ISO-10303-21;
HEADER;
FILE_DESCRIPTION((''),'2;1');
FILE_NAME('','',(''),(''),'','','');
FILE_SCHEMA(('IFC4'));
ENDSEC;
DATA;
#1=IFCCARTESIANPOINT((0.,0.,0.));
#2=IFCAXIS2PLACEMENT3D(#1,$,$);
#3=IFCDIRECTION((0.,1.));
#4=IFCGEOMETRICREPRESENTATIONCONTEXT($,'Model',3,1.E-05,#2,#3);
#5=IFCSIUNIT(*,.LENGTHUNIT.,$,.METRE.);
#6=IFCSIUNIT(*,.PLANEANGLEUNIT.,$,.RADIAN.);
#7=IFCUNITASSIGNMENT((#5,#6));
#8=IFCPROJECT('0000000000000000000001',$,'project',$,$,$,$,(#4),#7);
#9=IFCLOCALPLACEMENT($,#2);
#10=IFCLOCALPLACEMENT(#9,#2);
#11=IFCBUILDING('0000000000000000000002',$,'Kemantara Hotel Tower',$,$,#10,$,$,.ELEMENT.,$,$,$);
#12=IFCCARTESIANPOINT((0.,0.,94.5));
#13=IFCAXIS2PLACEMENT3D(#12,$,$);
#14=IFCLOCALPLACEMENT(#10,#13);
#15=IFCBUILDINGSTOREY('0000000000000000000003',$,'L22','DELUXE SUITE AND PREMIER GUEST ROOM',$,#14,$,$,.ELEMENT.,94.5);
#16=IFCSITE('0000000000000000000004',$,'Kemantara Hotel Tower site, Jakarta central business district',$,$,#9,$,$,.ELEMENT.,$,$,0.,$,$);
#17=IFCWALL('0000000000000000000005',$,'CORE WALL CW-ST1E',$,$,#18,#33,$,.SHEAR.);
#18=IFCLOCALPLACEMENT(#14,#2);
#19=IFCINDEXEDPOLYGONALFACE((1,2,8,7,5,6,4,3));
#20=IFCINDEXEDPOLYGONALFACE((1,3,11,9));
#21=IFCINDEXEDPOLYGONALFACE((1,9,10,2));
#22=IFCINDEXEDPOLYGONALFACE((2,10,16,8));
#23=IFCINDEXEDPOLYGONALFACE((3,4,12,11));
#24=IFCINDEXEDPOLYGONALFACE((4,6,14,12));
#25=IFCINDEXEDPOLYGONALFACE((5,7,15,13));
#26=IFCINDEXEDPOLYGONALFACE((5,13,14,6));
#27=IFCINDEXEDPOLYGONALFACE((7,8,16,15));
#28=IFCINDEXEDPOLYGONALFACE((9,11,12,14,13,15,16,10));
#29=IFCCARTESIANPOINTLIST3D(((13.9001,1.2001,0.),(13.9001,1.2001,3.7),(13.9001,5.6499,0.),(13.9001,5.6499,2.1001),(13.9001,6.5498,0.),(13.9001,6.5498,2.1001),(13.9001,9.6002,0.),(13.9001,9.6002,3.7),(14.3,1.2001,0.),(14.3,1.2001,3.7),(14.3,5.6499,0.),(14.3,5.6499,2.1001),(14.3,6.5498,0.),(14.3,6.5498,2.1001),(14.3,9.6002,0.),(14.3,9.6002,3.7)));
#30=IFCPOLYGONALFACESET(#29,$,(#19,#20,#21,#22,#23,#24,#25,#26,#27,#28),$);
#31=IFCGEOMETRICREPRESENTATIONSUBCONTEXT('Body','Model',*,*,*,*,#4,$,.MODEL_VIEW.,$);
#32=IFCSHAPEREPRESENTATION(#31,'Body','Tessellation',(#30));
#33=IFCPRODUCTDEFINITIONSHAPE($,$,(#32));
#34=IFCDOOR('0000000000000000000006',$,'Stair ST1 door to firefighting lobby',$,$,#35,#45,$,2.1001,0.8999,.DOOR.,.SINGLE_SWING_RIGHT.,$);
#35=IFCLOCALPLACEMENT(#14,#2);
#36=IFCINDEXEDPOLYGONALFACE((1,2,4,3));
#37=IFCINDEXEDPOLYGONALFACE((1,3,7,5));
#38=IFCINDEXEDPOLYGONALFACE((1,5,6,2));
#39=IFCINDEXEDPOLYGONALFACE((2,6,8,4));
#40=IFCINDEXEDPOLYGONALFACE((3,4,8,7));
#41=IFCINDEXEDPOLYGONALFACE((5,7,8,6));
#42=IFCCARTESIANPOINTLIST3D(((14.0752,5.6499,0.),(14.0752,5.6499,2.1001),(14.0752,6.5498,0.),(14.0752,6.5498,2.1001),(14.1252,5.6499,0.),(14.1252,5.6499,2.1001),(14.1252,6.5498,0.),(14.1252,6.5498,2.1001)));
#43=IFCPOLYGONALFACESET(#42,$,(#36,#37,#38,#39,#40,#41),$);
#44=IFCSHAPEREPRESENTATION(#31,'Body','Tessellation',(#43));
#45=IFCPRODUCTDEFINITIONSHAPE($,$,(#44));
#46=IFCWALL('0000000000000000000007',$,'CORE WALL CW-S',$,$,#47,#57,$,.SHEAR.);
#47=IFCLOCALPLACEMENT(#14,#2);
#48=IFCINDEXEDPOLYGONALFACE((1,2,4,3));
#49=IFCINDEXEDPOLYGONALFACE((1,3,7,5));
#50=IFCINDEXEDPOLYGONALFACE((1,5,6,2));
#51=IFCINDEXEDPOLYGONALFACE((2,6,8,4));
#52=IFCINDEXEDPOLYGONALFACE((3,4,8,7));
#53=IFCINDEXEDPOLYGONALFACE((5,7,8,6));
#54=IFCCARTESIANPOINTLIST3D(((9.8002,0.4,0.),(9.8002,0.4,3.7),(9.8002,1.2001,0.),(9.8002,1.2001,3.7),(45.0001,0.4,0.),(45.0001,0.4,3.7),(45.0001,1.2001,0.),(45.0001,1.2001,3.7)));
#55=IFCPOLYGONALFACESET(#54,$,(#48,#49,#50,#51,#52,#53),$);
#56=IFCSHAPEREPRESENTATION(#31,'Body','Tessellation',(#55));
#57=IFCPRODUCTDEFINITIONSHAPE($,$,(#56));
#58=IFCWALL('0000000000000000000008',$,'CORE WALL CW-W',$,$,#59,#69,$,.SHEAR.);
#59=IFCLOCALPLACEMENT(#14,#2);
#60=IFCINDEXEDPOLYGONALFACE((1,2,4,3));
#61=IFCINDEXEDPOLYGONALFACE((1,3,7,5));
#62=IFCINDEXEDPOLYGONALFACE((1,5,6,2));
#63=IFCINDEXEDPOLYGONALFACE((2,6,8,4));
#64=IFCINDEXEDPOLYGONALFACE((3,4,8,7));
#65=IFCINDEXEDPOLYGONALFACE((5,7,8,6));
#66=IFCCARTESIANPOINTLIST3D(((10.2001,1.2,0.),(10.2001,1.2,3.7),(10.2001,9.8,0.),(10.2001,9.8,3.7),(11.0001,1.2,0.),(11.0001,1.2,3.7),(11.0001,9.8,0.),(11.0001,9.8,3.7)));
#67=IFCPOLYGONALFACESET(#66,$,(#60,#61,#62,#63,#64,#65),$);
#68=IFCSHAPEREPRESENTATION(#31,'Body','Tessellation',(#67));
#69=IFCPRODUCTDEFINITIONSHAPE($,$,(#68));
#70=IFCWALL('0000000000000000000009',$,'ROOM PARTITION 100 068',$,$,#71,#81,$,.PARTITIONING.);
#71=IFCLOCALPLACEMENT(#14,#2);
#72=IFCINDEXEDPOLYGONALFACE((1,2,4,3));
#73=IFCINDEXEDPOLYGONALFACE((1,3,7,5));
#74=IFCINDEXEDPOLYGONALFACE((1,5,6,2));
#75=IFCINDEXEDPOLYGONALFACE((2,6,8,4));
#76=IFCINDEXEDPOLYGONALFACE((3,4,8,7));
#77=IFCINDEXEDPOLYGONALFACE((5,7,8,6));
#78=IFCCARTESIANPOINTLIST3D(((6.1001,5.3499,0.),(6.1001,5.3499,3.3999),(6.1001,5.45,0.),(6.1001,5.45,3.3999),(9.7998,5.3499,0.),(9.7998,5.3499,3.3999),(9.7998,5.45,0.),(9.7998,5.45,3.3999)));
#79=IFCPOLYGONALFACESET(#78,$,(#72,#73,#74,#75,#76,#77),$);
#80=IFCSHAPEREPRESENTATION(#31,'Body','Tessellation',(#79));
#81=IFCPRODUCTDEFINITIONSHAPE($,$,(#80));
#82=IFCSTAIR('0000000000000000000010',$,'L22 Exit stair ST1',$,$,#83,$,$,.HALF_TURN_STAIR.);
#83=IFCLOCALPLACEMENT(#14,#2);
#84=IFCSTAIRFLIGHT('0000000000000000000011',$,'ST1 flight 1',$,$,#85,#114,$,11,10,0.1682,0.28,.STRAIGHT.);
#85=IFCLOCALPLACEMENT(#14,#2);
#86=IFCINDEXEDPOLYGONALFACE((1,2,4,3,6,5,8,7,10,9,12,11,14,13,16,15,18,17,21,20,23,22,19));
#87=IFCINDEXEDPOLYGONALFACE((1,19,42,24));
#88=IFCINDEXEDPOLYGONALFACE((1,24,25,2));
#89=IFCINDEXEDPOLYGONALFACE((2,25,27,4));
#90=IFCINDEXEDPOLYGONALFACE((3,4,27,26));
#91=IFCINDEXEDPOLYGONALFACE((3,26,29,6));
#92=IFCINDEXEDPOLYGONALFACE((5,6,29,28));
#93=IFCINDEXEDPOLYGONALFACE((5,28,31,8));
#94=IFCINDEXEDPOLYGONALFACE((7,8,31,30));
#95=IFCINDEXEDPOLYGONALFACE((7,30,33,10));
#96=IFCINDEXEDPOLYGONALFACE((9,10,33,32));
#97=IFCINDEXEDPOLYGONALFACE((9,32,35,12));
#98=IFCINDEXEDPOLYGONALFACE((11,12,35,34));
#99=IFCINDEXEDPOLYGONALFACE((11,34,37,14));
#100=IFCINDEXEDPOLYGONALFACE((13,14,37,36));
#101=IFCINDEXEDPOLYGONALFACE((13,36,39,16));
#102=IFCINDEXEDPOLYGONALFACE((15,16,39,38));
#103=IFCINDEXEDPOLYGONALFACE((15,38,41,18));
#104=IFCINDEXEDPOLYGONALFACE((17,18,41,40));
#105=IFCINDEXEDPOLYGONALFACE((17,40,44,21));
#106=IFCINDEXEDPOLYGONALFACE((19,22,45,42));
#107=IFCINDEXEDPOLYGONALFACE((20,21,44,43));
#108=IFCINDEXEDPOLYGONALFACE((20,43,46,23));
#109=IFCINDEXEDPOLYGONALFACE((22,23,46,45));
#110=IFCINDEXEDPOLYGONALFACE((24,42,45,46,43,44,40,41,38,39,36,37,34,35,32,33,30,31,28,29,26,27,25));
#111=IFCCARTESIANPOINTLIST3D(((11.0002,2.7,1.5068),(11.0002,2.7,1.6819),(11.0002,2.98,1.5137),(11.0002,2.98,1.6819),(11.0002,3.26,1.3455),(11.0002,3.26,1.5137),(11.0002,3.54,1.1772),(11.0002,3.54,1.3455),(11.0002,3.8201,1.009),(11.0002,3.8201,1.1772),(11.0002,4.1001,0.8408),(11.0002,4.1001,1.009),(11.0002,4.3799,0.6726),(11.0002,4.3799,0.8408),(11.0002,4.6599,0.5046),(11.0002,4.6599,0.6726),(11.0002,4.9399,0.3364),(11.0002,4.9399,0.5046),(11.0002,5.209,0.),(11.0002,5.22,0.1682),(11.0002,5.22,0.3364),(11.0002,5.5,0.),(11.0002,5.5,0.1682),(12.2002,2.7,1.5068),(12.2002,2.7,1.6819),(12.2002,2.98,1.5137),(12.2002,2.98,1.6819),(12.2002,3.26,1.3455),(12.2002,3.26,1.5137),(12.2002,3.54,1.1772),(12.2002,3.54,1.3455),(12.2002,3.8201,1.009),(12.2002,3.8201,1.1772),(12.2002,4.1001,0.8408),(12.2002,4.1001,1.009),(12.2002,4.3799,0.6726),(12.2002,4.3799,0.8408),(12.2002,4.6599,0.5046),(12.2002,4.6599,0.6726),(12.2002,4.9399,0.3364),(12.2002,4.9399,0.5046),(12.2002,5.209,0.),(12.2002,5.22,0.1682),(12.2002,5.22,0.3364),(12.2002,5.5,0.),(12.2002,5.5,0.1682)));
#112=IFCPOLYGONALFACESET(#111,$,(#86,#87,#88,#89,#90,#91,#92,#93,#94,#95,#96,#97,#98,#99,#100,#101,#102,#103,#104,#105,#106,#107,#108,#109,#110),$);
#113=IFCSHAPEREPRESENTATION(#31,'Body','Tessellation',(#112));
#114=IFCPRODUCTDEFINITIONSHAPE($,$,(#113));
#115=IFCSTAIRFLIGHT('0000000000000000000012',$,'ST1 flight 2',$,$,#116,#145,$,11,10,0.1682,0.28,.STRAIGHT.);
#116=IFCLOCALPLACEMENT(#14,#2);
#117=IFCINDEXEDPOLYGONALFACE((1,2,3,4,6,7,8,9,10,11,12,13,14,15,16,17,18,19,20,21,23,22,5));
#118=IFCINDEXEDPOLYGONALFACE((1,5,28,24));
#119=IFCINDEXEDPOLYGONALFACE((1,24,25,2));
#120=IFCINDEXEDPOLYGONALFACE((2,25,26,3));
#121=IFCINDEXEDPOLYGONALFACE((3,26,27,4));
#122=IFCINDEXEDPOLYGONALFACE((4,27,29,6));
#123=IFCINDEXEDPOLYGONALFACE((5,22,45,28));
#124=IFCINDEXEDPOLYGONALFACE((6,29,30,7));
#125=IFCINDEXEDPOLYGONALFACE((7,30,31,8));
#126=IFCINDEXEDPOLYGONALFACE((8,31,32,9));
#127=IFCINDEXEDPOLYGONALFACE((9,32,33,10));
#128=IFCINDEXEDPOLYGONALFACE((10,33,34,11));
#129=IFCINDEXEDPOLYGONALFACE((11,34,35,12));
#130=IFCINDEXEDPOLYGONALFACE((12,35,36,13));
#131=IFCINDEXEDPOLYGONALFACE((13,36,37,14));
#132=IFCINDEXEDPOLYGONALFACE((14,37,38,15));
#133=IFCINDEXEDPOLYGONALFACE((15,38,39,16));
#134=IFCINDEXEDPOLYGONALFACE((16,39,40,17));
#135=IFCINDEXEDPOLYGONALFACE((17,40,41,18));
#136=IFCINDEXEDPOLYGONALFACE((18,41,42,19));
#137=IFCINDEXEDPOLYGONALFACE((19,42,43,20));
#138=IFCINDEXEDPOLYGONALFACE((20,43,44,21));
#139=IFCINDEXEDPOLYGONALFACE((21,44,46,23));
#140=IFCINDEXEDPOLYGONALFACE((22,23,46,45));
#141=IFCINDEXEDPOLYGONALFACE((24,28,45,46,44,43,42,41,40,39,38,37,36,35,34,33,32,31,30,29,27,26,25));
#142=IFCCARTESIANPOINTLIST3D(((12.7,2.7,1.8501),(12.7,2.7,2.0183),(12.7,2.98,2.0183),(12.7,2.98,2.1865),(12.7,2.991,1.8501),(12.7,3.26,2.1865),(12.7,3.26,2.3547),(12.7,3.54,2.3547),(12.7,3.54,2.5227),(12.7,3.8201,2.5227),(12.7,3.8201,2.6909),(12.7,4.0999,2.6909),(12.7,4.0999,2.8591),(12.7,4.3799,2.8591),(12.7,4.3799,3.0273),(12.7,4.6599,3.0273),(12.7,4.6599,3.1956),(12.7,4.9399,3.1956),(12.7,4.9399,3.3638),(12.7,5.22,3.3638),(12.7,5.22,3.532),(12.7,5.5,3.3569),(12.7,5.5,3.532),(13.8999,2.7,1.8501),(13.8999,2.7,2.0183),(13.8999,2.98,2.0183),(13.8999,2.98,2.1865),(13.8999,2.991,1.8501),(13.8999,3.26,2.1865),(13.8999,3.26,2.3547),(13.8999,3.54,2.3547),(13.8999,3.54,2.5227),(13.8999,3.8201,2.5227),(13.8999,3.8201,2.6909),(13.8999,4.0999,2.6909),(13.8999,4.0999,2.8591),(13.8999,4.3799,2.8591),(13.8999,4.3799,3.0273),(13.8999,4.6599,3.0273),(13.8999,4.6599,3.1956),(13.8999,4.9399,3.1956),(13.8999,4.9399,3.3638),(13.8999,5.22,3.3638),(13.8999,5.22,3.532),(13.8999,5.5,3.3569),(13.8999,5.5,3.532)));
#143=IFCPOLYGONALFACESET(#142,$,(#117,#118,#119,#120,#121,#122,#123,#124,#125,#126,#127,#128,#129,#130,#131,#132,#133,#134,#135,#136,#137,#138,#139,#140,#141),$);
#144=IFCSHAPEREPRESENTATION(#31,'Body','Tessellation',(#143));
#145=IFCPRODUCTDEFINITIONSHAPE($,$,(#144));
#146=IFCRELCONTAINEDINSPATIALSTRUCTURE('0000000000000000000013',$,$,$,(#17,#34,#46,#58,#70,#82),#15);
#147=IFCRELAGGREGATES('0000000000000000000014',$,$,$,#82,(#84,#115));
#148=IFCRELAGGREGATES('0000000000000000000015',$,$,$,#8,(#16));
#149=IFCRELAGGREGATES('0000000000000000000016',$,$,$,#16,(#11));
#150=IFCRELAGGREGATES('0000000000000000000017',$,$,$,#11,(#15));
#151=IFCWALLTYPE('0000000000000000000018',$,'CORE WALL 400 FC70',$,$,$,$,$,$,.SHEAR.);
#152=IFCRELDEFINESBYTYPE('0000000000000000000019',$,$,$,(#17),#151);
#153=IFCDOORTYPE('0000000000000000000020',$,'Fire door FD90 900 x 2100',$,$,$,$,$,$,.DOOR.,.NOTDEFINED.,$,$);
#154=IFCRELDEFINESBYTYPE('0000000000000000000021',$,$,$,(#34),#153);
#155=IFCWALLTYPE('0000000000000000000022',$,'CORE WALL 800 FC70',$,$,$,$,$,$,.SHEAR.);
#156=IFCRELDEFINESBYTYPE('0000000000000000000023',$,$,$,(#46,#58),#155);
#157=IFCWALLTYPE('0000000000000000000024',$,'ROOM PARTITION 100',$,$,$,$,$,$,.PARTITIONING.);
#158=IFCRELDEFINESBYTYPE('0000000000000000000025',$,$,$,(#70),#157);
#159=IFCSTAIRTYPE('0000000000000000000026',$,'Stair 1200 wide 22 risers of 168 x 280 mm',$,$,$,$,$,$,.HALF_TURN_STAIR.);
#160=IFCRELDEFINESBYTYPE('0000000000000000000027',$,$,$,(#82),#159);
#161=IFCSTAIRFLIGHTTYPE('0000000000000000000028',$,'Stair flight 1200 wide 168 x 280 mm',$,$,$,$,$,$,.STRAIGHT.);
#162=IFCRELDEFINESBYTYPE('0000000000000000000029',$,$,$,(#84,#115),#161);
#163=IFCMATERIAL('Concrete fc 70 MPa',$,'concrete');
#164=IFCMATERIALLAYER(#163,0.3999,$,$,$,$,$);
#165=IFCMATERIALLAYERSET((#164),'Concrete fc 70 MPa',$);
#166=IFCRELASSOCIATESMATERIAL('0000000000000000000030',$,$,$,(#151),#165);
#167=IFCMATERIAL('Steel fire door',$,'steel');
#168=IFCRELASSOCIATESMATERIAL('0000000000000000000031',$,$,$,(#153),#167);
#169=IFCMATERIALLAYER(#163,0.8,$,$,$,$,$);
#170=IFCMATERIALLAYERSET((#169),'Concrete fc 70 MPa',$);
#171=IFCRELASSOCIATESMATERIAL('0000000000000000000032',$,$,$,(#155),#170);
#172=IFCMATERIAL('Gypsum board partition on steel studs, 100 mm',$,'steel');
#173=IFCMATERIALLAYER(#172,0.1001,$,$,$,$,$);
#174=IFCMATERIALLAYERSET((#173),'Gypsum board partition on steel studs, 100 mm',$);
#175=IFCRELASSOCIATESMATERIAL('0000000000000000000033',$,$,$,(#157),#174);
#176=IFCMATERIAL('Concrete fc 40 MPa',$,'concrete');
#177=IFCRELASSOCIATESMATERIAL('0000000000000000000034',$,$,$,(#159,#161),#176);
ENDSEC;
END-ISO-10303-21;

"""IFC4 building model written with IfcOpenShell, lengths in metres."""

from ifc_helpers import new_model, si_unit, direction, frame, frame_2d, origin, place, context, subcontext, project, spatial, polyline, rectangle, outline, extrude, material, layer, layer_set, type_object, element, fill, aggregate, save


model = new_model("IFC4")

# Units and contexts
model_context = context("Model", 3, precision=1e-05, world=origin(), true_north=direction((0.0, 1.0)))
body_context = subcontext(model_context, "Body", "Model", "MODEL_VIEW")
ifc_project = project(units=[si_unit("LENGTHUNIT", "METRE"), si_unit("PLANEANGLEUNIT", "RADIAN")], contexts=[model_context])

# Site, building, storey
site_placement = place(None, origin())
site = spatial("IfcSite", under=ifc_project, at=site_placement, Name="Kemantara Hotel Tower site, Jakarta central business district", CompositionType="ELEMENT", RefElevation=0.0)
building_placement = place(site_placement, origin())
building = spatial("IfcBuilding", under=site, at=building_placement, Name="Kemantara Hotel Tower", CompositionType="ELEMENT")
storey_placement = place(building_placement, frame((0.0, 0.0, 94.5)))
storey = spatial("IfcBuildingStorey", under=building, at=storey_placement, Name="L22", Description="DELUXE SUITE AND PREMIER GUEST ROOM", CompositionType="ELEMENT", Elevation=94.5)

# Shared definitions
ifc_material_1 = material(Name="Concrete fc 70 MPa", Category="concrete")
ifc_layer_1 = layer(ifc_material_1, 0.3999)
ifc_layer_set_1 = layer_set([ifc_layer_1], Name="Concrete fc 70 MPa")
wall_type_1 = type_object("IfcWallType", Name="CORE WALL 400 FC70", PredefinedType="SHEAR", material=ifc_layer_set_1)

# Wall, opening, door
wall_1_placement = place(storey_placement, frame((14.1001, 1.2, 0.0), z_axis=(0.0, 0.0, 1.0), x_axis=(0.0, 1.0, 0.0)))
wall_1 = element("IfcWall", 1, at=wall_1_placement, inside=storey, type_object=wall_type_1, Name="CORE WALL CW-ST1E", PredefinedType="SHEAR", context=body_context, shape_type="SweptSolid", body=[
    extrude(rectangle(XDim=8.4001, YDim=0.3999, at=frame_2d((4.2002, 0.0))), origin(), (0.0, 0.0, 1.0), 3.7),
])
opening_1_placement = place(wall_1_placement, frame((4.45, 0.0, 0.0)))
opening_1 = element("IfcOpeningElement", 2, at=opening_1_placement, cuts=wall_1, PredefinedType="OPENING", context=body_context, shape_type="SweptSolid", body=[
    extrude(rectangle(XDim=0.8999, YDim=2.1001, at=frame_2d((0.45, 1.05))), frame((0.0, 0.21, 0.0), z_axis=(0.0, -1.0, 0.0), x_axis=(1.0, 0.0, 0.0)), (0.0, 0.0, 1.0), 0.4199),
])
ifc_material_2 = material(Name="Steel fire door", Category="steel")
door_type_1 = type_object("IfcDoorType", Name="Fire door FD90 900 x 2100", OperationType="NOTDEFINED", PredefinedType="DOOR", material=ifc_material_2)
door_1_placement = place(opening_1_placement, origin())
door_1 = element("IfcDoor", 3, at=door_1_placement, inside=storey, type_object=door_type_1, Name="Stair ST1 door to firefighting lobby", OperationType="SINGLE_SWING_RIGHT", OverallHeight=2.1001, OverallWidth=0.8999, PredefinedType="DOOR", context=body_context, shape_type="SweptSolid", body=[
    extrude(rectangle(XDim=0.8999, YDim=2.1001, at=frame_2d((0.45, 1.05))), frame((0.0, 0.0249, 0.0), z_axis=(0.0, -1.0, 0.0), x_axis=(1.0, 0.0, 0.0)), (0.0, 0.0, 1.0), 0.05),
])
fill(opening_1, door_1)

# Walls
ifc_layer_2 = layer(ifc_material_1, 0.8)
ifc_layer_set_2 = layer_set([ifc_layer_2], Name="Concrete fc 70 MPa")
wall_type_2 = type_object("IfcWallType", Name="CORE WALL 800 FC70", PredefinedType="SHEAR", material=ifc_layer_set_2)
wall_2_placement = place(storey_placement, frame((9.8, 0.8, 0.0), z_axis=(0.0, 0.0, 1.0), x_axis=(1.0, 0.0, 0.0)))
element("IfcWall", 4, at=wall_2_placement, inside=storey, type_object=wall_type_2, Name="CORE WALL CW-S", PredefinedType="SHEAR", context=body_context, shape_type="SweptSolid", body=[
    extrude(rectangle(XDim=35.2, YDim=0.8, at=frame_2d((17.6001, 0.0))), origin(), (0.0, 0.0, 1.0), 3.7),
])
wall_3_placement = place(storey_placement, frame((10.6001, 1.2, 0.0), z_axis=(0.0, 0.0, 1.0), x_axis=(0.0, 1.0, 0.0)))
element("IfcWall", 5, at=wall_3_placement, inside=storey, type_object=wall_type_2, Name="CORE WALL CW-W", PredefinedType="SHEAR", context=body_context, shape_type="SweptSolid", body=[
    extrude(rectangle(XDim=8.6001, YDim=0.8, at=frame_2d((4.3, 0.0))), origin(), (0.0, 0.0, 1.0), 3.7),
])
ifc_material_3 = material(Name="Gypsum board partition on steel studs, 100 mm", Category="steel")
ifc_layer_3 = layer(ifc_material_3, 0.1001)
ifc_layer_set_3 = layer_set([ifc_layer_3], Name="Gypsum board partition on steel studs, 100 mm")
wall_type_3 = type_object("IfcWallType", Name="ROOM PARTITION 100", PredefinedType="PARTITIONING", material=ifc_layer_set_3)
wall_4_placement = place(storey_placement, frame((6.1001, 5.3999, 0.0), z_axis=(0.0, 0.0, 1.0), x_axis=(1.0, 0.0, 0.0)))
element("IfcWall", 6, at=wall_4_placement, inside=storey, type_object=wall_type_3, Name="ROOM PARTITION 100 068", PredefinedType="PARTITIONING", context=body_context, shape_type="SweptSolid", body=[
    extrude(rectangle(XDim=3.6997, YDim=0.1001, at=frame_2d((1.8499, 0.0))), origin(), (0.0, 0.0, 1.0), 3.3999),
])

# Stair, stair flights
ifc_material_4 = material(Name="Concrete fc 40 MPa", Category="concrete")
stair_type = type_object("IfcStairType", Name="Stair 1200 wide 22 risers of 168 x 280 mm", PredefinedType="HALF_TURN_STAIR", material=ifc_material_4)
stair_placement = place(storey_placement, origin())
stair = element("IfcStair", 7, at=stair_placement, inside=storey, type_object=stair_type, Name="L22 Exit stair ST1", PredefinedType="HALF_TURN_STAIR")
stair_flight_type = type_object("IfcStairFlightType", Name="Stair flight 1200 wide 168 x 280 mm", PredefinedType="STRAIGHT", material=ifc_material_4)
stair_flight_1_placement = place(storey_placement, frame((11.6001, 5.5, 0.0), z_axis=(0.0, 0.0, 1.0), x_axis=(0.0, -1.0, 0.0)))
stair_flight_1 = element("IfcStairFlight", 8, at=stair_flight_1_placement, type_object=stair_flight_type, Name="ST1 flight 1", NumberOfRisers=11, NumberOfTreads=10, PredefinedType="STRAIGHT", RiserHeight=0.1682, TreadLength=0.28, context=body_context, shape_type="SweptSolid", body=[
    extrude(outline(polyline([(0.0, 0.0), (0.0, 0.1682), (0.28, 0.1682), (0.28, 0.3364), (0.5601, 0.3364), (0.5601, 0.5046), (0.8401, 0.5046), (0.8401, 0.6726), (1.1201, 0.6726), (1.1201, 0.8408), (1.3999, 0.8408), (1.3999, 1.009), (1.6799, 1.009), (1.6799, 1.1772), (1.96, 1.1772), (1.96, 1.3455), (2.24, 1.3455), (2.24, 1.5137), (2.52, 1.5137), (2.52, 1.6819), (2.8, 1.6819), (2.8, 1.8501), (2.8, 1.5068), (0.291, 0.0), (0.0, 0.0)])), frame((0.0, 0.6001, 0.0), z_axis=(0.0, -1.0, 0.0), x_axis=(1.0, 0.0, 0.0)), (0.0, 0.0, 1.0), 1.2),
])
stair_flight_2_placement = place(storey_placement, frame((13.3, 2.7, 1.8501), z_axis=(0.0, 0.0, 1.0), x_axis=(0.0, 1.0, 0.0)))
stair_flight_2 = element("IfcStairFlight", 9, at=stair_flight_2_placement, type_object=stair_flight_type, Name="ST1 flight 2", NumberOfRisers=11, NumberOfTreads=10, PredefinedType="STRAIGHT", RiserHeight=0.1682, TreadLength=0.28, context=body_context, shape_type="SweptSolid", body=[
    extrude(outline(polyline([(0.0, 0.0), (0.0, 0.1682), (0.28, 0.1682), (0.28, 0.3364), (0.5601, 0.3364), (0.5601, 0.5046), (0.8401, 0.5046), (0.8401, 0.6726), (1.1201, 0.6726), (1.1201, 0.8408), (1.3999, 0.8408), (1.3999, 1.009), (1.6799, 1.009), (1.6799, 1.1772), (1.96, 1.1772), (1.96, 1.3455), (2.24, 1.3455), (2.24, 1.5137), (2.52, 1.5137), (2.52, 1.6819), (2.8, 1.6819), (2.8, 1.8501), (2.8, 1.5068), (0.291, 0.0), (0.0, 0.0)])), frame((0.0, 0.6001, 0.0), z_axis=(0.0, -1.0, 0.0), x_axis=(1.0, 0.0, 0.0)), (0.0, 0.0, 1.0), 1.2),
])
aggregate(stair, [stair_flight_1, stair_flight_2])

save(model, "model.ifc")
